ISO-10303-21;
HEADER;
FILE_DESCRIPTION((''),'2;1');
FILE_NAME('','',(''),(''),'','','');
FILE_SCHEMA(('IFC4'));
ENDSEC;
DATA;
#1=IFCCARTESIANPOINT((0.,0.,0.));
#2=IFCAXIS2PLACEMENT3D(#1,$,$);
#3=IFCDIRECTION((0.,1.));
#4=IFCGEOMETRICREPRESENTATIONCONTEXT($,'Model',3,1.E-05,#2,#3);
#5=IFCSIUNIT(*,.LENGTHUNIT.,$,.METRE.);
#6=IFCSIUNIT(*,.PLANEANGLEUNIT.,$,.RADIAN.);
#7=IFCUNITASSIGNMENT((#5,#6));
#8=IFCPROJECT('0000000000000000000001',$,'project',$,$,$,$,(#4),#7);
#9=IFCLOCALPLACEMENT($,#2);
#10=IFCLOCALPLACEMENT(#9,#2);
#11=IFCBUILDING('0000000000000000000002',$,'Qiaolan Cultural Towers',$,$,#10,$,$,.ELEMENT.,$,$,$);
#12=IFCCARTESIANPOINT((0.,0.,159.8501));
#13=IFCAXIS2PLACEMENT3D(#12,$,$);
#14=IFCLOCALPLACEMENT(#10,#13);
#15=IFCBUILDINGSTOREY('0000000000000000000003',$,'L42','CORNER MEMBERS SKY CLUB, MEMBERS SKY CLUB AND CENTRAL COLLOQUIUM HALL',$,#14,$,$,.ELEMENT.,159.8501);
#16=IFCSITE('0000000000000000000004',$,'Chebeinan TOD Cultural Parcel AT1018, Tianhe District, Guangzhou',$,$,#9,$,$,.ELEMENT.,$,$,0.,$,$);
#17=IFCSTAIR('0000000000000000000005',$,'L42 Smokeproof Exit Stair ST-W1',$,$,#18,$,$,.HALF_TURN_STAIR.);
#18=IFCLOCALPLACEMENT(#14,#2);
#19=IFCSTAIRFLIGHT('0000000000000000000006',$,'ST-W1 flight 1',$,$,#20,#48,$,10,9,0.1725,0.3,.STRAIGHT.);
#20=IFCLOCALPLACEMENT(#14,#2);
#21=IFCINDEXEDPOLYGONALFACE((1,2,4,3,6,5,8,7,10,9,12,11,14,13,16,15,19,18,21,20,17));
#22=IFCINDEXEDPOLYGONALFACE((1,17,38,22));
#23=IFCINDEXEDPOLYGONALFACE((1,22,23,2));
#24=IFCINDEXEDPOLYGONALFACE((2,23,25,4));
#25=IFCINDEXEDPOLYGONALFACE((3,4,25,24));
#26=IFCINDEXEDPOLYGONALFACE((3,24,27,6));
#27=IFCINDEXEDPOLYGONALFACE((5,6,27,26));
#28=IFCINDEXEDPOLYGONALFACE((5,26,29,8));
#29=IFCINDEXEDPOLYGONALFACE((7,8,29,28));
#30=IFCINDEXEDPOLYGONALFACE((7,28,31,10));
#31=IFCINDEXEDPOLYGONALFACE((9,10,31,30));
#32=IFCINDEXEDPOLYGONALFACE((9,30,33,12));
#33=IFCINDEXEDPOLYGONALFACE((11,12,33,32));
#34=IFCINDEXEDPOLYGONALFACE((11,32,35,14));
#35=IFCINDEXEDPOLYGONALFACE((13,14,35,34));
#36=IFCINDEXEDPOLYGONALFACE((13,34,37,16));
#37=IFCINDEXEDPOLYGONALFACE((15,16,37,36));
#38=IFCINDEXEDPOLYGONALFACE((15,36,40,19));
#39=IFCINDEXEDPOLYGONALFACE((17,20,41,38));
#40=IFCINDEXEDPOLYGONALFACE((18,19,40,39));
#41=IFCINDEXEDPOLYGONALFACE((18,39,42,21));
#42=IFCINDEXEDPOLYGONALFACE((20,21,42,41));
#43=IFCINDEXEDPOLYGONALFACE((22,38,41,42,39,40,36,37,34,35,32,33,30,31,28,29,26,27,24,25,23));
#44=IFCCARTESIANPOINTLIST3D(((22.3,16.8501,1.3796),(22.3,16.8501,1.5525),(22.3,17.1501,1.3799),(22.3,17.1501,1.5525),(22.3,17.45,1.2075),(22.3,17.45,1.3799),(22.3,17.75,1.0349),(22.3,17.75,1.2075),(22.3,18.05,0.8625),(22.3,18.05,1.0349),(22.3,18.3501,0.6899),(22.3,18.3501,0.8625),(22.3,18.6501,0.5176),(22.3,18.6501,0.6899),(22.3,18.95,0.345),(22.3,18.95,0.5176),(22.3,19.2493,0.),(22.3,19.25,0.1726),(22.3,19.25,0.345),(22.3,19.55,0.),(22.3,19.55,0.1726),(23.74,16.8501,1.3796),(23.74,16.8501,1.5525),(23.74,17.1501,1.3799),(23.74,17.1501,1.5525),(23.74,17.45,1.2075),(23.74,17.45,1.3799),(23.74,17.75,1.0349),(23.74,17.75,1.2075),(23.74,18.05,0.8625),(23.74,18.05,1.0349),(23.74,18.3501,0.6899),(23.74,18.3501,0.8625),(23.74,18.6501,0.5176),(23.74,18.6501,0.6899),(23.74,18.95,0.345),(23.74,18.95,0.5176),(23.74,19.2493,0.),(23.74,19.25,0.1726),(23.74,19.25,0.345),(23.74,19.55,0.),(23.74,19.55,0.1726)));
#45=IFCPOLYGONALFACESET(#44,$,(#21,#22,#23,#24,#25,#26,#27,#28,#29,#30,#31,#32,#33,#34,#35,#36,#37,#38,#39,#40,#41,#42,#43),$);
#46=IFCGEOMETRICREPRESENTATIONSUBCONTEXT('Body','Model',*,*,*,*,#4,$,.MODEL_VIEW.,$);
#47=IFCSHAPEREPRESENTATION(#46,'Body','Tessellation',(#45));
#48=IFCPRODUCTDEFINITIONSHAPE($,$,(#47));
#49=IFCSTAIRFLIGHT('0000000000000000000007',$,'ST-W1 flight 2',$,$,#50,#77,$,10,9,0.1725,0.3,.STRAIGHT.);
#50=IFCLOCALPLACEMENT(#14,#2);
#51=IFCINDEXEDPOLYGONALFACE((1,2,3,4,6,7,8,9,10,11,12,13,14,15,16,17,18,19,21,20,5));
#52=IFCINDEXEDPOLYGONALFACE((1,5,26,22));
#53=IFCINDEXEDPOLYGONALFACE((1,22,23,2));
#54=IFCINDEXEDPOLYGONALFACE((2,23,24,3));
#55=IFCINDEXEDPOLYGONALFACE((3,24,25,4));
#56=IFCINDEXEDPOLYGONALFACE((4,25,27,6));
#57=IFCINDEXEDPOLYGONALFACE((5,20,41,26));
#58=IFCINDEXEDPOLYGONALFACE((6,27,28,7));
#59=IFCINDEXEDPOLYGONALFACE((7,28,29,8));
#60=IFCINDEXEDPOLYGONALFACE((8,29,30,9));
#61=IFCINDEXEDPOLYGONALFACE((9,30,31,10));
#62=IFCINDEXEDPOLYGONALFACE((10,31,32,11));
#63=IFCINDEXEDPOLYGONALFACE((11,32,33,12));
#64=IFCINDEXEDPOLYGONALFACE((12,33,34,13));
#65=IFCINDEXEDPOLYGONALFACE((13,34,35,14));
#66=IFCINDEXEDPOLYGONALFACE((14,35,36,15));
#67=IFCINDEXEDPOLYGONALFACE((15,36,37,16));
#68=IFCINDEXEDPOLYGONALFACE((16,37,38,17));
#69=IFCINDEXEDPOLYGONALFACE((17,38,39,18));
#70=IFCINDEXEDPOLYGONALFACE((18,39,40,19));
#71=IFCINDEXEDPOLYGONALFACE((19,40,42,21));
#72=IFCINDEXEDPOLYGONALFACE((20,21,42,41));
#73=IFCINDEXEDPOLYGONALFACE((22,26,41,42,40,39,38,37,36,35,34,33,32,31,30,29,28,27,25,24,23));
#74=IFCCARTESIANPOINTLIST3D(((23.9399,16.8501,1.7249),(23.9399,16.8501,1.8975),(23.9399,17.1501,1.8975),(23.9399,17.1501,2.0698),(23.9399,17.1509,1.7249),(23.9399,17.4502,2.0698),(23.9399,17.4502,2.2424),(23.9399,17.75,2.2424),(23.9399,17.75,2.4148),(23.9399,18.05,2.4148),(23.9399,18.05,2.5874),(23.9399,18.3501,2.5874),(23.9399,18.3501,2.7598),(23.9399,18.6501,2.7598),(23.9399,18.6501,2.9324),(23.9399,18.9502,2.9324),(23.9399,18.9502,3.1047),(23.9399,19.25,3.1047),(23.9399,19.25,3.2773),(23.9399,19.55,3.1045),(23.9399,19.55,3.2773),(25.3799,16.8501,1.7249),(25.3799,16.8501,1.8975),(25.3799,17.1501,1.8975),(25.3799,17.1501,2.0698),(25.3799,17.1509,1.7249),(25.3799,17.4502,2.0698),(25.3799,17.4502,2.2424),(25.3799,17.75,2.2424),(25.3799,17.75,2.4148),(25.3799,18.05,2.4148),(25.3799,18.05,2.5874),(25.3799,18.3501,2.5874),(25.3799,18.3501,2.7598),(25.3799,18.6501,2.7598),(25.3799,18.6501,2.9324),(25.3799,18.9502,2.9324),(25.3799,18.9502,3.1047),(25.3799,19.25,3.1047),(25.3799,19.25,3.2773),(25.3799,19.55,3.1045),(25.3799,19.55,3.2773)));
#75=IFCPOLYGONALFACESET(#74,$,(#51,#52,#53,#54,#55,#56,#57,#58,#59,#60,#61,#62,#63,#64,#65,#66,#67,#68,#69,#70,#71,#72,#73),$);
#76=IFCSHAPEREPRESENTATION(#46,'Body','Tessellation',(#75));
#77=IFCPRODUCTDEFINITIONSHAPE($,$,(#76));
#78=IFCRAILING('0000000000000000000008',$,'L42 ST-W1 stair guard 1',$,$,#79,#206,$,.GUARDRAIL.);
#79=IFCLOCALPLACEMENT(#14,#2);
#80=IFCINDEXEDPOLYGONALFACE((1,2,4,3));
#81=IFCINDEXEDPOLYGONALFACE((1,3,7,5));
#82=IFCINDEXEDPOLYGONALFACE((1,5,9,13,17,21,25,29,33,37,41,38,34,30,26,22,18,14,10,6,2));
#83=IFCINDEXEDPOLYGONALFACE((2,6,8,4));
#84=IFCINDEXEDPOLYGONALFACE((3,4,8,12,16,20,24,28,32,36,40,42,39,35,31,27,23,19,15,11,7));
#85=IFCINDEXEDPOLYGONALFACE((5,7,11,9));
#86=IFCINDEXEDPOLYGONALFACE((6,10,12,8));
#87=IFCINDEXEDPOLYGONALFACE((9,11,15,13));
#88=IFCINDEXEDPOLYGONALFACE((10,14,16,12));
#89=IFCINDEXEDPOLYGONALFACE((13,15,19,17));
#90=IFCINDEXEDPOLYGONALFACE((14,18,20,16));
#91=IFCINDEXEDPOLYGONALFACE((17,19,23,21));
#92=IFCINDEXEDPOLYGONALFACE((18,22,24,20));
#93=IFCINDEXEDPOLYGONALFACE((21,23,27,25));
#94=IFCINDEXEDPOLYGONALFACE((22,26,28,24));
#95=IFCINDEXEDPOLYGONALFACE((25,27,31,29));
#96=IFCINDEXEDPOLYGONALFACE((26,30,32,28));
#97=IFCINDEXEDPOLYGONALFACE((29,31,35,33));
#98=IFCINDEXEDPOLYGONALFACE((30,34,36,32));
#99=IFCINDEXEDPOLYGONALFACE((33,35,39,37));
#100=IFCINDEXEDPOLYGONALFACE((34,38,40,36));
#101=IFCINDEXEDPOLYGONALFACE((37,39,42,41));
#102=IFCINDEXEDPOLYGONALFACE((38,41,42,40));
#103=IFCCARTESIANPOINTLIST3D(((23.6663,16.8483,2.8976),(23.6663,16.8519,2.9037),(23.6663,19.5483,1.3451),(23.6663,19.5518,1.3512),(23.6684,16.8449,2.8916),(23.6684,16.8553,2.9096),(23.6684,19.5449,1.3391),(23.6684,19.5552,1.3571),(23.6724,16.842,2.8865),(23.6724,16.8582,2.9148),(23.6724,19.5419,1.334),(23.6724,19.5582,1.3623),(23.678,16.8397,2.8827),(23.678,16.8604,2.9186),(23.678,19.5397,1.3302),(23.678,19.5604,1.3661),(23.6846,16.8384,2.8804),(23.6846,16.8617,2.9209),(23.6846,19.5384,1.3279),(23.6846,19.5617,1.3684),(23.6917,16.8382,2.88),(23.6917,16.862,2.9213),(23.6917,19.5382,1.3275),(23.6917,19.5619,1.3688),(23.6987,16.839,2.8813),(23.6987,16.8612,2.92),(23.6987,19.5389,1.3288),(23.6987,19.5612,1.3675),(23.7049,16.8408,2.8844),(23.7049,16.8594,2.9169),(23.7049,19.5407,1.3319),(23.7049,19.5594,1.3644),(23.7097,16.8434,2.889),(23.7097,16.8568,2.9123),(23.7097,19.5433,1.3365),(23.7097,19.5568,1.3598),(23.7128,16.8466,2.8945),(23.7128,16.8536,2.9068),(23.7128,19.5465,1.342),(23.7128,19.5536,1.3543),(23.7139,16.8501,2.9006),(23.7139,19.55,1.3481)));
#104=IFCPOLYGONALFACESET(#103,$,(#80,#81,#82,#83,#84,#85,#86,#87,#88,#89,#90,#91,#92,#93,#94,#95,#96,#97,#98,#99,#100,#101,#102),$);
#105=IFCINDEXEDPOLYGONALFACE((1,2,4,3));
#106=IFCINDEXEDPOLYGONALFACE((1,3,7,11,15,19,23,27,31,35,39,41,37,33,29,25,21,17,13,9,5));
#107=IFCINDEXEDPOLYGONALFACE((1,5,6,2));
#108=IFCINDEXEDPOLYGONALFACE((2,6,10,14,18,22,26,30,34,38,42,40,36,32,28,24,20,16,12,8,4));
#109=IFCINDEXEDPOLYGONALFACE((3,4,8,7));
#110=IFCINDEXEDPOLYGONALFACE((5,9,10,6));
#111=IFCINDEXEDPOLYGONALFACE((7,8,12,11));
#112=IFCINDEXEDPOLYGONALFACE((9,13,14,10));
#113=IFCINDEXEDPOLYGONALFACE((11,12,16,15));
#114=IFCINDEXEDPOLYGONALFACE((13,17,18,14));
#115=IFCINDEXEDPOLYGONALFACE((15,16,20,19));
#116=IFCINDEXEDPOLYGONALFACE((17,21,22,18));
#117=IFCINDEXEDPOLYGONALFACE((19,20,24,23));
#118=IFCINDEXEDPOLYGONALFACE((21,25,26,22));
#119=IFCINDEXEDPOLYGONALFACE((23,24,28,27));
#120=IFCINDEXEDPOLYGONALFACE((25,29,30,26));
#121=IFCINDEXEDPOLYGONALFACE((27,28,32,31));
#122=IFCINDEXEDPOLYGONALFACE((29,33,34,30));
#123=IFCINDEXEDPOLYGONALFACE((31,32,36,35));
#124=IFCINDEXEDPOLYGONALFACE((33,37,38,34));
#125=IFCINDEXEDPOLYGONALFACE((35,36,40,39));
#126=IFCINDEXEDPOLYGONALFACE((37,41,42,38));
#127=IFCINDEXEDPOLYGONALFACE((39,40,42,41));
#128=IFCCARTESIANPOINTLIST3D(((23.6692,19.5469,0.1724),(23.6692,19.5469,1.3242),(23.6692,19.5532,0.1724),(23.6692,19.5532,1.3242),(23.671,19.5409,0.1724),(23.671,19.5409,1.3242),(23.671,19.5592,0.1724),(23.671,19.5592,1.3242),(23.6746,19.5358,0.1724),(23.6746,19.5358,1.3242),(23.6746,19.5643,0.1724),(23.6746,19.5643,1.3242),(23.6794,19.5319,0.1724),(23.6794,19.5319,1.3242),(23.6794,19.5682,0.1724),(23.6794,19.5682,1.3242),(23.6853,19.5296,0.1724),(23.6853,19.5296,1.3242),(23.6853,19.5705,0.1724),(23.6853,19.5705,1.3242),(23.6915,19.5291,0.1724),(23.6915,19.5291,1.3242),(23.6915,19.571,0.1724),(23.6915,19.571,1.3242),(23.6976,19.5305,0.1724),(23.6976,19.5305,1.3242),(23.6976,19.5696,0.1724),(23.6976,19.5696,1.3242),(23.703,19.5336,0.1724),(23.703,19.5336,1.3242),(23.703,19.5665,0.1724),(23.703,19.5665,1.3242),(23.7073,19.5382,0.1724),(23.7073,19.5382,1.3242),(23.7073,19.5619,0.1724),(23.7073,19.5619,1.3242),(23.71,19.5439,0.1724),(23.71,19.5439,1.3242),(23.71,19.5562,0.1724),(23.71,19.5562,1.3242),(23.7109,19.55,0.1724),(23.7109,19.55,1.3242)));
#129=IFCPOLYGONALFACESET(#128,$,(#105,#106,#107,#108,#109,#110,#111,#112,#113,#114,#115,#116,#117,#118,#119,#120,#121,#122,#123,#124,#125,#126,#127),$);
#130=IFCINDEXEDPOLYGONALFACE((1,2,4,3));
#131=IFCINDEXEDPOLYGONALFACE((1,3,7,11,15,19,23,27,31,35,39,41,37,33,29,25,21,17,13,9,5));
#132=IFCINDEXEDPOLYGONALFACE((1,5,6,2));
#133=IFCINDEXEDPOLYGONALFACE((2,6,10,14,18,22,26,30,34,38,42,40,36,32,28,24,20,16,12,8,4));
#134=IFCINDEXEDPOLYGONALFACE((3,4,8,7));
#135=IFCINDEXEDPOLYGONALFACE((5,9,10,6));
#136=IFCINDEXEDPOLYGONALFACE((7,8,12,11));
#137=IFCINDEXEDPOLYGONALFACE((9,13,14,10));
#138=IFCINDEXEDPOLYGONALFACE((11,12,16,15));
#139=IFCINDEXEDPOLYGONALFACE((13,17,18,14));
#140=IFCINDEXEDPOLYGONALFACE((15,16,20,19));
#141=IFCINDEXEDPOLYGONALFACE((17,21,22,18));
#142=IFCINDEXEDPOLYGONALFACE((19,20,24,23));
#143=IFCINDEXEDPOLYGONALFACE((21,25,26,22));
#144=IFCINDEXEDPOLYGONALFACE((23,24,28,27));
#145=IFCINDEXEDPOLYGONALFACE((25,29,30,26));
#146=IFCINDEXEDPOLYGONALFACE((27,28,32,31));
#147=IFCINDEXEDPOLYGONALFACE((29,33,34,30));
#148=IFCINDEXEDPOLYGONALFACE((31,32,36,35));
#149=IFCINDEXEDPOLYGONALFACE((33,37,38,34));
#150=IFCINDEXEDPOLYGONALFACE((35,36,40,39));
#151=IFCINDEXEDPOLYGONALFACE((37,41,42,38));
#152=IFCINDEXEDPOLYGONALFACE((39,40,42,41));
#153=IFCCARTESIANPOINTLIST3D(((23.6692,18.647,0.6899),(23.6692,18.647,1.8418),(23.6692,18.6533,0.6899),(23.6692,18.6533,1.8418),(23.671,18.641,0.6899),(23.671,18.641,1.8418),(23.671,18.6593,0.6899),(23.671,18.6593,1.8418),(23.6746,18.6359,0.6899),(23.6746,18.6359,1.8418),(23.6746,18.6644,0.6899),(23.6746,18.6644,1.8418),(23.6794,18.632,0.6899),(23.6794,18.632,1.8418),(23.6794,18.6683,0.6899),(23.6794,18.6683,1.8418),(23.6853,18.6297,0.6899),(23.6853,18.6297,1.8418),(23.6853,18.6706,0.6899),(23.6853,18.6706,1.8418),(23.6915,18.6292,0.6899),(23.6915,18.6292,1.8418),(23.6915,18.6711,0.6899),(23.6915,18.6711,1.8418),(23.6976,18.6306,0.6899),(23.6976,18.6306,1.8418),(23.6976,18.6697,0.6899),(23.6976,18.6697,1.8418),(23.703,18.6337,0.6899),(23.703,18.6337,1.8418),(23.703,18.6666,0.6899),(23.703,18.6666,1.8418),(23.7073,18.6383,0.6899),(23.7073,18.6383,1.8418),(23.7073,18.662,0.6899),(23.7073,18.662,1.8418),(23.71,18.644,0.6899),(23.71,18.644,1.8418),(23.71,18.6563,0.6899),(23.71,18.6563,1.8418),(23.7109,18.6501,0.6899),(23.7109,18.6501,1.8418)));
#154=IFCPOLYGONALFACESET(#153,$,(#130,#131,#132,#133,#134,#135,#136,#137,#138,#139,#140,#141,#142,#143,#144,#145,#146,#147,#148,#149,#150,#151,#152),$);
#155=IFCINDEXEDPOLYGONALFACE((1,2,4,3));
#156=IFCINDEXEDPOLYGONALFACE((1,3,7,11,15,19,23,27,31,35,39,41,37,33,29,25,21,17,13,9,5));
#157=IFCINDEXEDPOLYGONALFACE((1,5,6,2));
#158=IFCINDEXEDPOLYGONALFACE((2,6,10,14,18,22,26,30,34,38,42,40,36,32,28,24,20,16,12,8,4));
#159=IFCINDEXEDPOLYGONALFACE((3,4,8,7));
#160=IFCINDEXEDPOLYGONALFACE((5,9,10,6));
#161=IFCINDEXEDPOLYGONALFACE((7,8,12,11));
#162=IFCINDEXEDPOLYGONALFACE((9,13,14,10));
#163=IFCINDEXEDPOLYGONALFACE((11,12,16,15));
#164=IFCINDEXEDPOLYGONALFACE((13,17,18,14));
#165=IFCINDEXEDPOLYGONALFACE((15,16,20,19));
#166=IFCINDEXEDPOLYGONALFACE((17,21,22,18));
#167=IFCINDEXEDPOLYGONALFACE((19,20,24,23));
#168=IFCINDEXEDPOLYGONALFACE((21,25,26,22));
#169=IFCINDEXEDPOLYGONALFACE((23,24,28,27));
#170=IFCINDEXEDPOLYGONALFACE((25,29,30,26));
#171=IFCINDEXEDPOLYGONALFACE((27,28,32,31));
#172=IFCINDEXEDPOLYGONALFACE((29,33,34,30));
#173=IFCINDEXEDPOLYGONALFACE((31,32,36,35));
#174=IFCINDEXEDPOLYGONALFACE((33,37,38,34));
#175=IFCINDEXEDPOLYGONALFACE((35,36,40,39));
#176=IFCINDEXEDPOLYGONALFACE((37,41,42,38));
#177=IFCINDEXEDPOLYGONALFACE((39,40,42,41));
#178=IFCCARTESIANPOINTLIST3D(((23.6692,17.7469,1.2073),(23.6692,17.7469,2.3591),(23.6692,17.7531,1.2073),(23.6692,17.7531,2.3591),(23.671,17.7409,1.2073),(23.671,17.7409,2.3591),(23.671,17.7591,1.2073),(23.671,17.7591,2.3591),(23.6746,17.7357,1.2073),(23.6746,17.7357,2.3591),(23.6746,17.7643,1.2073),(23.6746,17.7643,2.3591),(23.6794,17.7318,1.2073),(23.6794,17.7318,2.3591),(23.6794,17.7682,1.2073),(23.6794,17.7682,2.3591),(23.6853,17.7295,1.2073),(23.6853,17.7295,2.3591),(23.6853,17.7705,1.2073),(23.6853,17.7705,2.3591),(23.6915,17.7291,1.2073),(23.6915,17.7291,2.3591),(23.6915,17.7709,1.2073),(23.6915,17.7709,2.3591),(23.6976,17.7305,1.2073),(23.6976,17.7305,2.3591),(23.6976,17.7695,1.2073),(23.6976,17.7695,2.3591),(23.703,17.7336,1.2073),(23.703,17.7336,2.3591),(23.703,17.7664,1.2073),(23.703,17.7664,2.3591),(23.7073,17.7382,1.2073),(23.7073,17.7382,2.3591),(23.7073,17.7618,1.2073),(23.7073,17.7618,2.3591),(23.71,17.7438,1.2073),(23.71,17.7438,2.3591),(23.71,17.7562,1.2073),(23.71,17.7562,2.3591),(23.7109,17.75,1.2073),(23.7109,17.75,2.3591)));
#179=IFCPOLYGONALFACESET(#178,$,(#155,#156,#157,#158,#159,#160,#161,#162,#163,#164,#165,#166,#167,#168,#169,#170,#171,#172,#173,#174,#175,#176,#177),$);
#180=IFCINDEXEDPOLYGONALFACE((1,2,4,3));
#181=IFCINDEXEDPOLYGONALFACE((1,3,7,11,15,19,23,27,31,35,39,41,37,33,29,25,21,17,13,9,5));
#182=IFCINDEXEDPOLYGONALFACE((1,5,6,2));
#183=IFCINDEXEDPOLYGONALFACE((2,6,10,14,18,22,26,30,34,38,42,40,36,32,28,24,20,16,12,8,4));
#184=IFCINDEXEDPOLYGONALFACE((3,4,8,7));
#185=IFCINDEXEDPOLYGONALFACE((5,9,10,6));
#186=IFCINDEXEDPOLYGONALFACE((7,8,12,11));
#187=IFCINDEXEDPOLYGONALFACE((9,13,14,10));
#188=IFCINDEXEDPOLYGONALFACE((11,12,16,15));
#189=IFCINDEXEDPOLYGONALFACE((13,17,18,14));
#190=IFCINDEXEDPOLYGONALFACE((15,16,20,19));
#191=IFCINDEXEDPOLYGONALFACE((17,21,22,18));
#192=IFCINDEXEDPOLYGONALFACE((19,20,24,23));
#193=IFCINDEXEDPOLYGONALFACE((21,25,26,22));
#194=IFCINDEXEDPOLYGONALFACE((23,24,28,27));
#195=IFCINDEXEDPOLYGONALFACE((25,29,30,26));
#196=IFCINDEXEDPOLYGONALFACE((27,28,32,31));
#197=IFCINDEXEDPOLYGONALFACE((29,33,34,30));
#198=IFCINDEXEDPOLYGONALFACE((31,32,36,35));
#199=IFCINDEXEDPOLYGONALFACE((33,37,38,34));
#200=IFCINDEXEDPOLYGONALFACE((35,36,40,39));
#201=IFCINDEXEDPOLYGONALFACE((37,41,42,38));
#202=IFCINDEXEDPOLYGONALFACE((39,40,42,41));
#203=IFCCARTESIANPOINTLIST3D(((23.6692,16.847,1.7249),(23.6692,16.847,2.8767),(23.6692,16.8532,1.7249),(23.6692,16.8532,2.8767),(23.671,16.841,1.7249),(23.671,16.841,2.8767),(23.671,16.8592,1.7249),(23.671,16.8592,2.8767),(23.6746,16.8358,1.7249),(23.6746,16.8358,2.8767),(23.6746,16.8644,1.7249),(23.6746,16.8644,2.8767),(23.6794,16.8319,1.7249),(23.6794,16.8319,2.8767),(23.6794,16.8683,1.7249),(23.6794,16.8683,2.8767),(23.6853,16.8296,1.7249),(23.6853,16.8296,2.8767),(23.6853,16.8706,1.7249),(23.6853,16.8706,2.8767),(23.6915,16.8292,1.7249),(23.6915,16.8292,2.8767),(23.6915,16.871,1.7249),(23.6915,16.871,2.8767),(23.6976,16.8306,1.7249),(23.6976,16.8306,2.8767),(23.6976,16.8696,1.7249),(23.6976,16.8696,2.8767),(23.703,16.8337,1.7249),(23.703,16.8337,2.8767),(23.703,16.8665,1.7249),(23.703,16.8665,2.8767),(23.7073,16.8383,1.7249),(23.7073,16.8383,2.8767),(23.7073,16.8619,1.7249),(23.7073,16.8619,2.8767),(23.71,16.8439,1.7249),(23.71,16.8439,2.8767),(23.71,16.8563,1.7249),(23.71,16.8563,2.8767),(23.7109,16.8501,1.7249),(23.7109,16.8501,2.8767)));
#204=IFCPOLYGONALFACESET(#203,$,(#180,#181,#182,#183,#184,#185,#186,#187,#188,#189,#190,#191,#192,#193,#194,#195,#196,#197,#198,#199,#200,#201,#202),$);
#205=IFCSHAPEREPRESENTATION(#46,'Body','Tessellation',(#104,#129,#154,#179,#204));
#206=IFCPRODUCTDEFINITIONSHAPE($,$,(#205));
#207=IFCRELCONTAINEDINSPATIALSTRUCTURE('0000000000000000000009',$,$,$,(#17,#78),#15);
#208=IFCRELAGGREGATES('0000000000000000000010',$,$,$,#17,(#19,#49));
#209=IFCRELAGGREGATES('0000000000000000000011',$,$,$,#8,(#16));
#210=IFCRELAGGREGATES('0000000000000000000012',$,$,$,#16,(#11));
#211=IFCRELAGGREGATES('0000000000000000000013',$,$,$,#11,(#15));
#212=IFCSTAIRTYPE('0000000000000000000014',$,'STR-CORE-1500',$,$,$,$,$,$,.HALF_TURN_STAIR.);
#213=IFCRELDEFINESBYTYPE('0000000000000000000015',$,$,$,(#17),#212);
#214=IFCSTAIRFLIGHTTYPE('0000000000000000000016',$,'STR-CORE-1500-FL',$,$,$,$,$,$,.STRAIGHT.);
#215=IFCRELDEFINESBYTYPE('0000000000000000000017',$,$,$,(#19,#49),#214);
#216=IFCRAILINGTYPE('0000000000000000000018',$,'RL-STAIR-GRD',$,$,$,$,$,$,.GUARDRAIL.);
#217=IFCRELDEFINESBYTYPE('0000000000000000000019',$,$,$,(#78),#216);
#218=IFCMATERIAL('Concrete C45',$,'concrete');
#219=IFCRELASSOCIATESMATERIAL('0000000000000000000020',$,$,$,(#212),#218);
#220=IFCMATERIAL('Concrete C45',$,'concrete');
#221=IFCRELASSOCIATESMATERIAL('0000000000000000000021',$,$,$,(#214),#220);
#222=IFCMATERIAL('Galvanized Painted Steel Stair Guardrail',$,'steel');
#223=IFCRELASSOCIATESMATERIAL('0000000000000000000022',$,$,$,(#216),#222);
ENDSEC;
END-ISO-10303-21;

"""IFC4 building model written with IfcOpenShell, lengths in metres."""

from ifc_helpers import new_model, si_unit, direction, frame, origin, origin_2d, place, context, subcontext, project, spatial, polyline, circle, outline, extrude, material, type_object, element, aggregate, save


model = new_model("IFC4")

# Units and contexts
model_context = context("Model", 3, precision=1e-05, world=origin(), true_north=direction((0.0, 1.0)))
body_context = subcontext(model_context, "Body", "Model", "MODEL_VIEW")
ifc_project = project(units=[si_unit("LENGTHUNIT", "METRE"), si_unit("PLANEANGLEUNIT", "RADIAN")], contexts=[model_context])

# Site, building, storey
site_placement = place(None, origin())
site = spatial("IfcSite", under=ifc_project, at=site_placement, Name="Chebeinan TOD Cultural Parcel AT1018, Tianhe District, Guangzhou", CompositionType="ELEMENT", RefElevation=0.0)
building_placement = place(site_placement, origin())
building = spatial("IfcBuilding", under=site, at=building_placement, Name="Qiaolan Cultural Towers", CompositionType="ELEMENT")
storey_placement = place(building_placement, frame((0.0, 0.0, 159.8501)))
storey = spatial("IfcBuildingStorey", under=building, at=storey_placement, Name="L42", Description="CORNER MEMBERS SKY CLUB, MEMBERS SKY CLUB AND CENTRAL COLLOQUIUM HALL", CompositionType="ELEMENT", Elevation=159.8501)

# Stair, stair flights
ifc_material_1 = material(Name="Concrete C45", Category="concrete")
stair_type = type_object("IfcStairType", Name="STR-CORE-1500", PredefinedType="HALF_TURN_STAIR", material=ifc_material_1)
stair_placement = place(storey_placement, origin())
stair = element("IfcStair", 1, at=stair_placement, inside=storey, type_object=stair_type, Name="L42 Smokeproof Exit Stair ST-W1", PredefinedType="HALF_TURN_STAIR")
ifc_material_2 = material(Name="Concrete C45", Category="concrete")
stair_flight_type = type_object("IfcStairFlightType", Name="STR-CORE-1500-FL", PredefinedType="STRAIGHT", material=ifc_material_2)
stair_flight_1_placement = place(storey_placement, frame((23.02, 19.55, 0.0), z_axis=(0.0, 0.0, 1.0), x_axis=(0.0, -1.0, 0.0)))
stair_flight_1 = element("IfcStairFlight", 2, at=stair_flight_1_placement, type_object=stair_flight_type, Name="ST-W1 flight 1", NumberOfRisers=10, NumberOfTreads=9, PredefinedType="STRAIGHT", RiserHeight=0.1725, TreadLength=0.3, context=body_context, shape_type="SweptSolid", body=[
    extrude(outline(polyline([(0.0, 0.0), (0.0, 0.1726), (0.3, 0.1726), (0.3, 0.345), (0.6001, 0.345), (0.6001, 0.5176), (0.8999, 0.5176), (0.8999, 0.6899), (1.2, 0.6899), (1.2, 0.8625), (1.5, 0.8625), (1.5, 1.0349), (1.8, 1.0349), (1.8, 1.2075), (2.1001, 1.2075), (2.1001, 1.3799), (2.3999, 1.3799), (2.3999, 1.5525), (2.7, 1.5525), (2.7, 1.7251), (2.7, 1.3796), (0.3008, 0.0), (0.0, 0.0)])), frame((0.0, 0.72, 0.0), z_axis=(0.0, -1.0, 0.0), x_axis=(1.0, 0.0, 0.0)), (0.0, 0.0, 1.0), 1.4399),
])
stair_flight_2_placement = place(storey_placement, frame((24.6599, 16.8501, 1.7249), z_axis=(0.0, 0.0, 1.0), x_axis=(0.0, 1.0, 0.0)))
stair_flight_2 = element("IfcStairFlight", 3, at=stair_flight_2_placement, type_object=stair_flight_type, Name="ST-W1 flight 2", NumberOfRisers=10, NumberOfTreads=9, PredefinedType="STRAIGHT", RiserHeight=0.1725, TreadLength=0.3, context=body_context, shape_type="SweptSolid", body=[
    extrude(outline(polyline([(0.0, 0.0), (0.0, 0.1726), (0.3, 0.1726), (0.3, 0.345), (0.6001, 0.345), (0.6001, 0.5176), (0.8999, 0.5176), (0.8999, 0.6899), (1.2, 0.6899), (1.2, 0.8625), (1.5, 0.8625), (1.5, 1.0349), (1.8, 1.0349), (1.8, 1.2075), (2.1001, 1.2075), (2.1001, 1.3799), (2.3999, 1.3799), (2.3999, 1.5525), (2.7, 1.5525), (2.7, 1.7251), (2.7, 1.3796), (0.3008, 0.0), (0.0, 0.0)])), frame((0.0, 0.72, 0.0), z_axis=(0.0, -1.0, 0.0), x_axis=(1.0, 0.0, 0.0)), (0.0, 0.0, 1.0), 1.4399),
])
aggregate(stair, [stair_flight_1, stair_flight_2])

# Railing
ifc_material_3 = material(Name="Galvanized Painted Steel Stair Guardrail", Category="steel")
railing_type_1 = type_object("IfcRailingType", Name="RL-STAIR-GRD", PredefinedType="GUARDRAIL", material=ifc_material_3)
railing_1_placement = place(storey_placement, frame((23.6899, 19.55, 0.1724)))
element("IfcRailing", 4, at=railing_1_placement, inside=storey, type_object=railing_type_1, Name="L42 ST-W1 stair guard 1", PredefinedType="GUARDRAIL", context=body_context, shape_type="SweptSolid", body=[
    extrude(circle(Radius=0.0239, at=origin_2d()), frame((0.0, 0.0, 1.1758), z_axis=(0.0, -0.866904, 0.498476), x_axis=(1.0, 0.0, 0.0)), (0.0, 0.0, 1.0), 3.1145),
    extrude(circle(Radius=0.021, at=origin_2d()), origin(), (0.0, 0.0, 1.0), 1.1519),
    extrude(circle(Radius=0.021, at=origin_2d()), frame((0.0, -0.8999, 0.5176)), (0.0, 0.0, 1.0), 1.1519),
    extrude(circle(Radius=0.021, at=origin_2d()), frame((0.0, -1.8, 1.0349)), (0.0, 0.0, 1.0), 1.1519),
    extrude(circle(Radius=0.021, at=origin_2d()), frame((0.0, -2.7, 1.5525)), (0.0, 0.0, 1.0), 1.1519),
])

save(model, "model.ifc")
